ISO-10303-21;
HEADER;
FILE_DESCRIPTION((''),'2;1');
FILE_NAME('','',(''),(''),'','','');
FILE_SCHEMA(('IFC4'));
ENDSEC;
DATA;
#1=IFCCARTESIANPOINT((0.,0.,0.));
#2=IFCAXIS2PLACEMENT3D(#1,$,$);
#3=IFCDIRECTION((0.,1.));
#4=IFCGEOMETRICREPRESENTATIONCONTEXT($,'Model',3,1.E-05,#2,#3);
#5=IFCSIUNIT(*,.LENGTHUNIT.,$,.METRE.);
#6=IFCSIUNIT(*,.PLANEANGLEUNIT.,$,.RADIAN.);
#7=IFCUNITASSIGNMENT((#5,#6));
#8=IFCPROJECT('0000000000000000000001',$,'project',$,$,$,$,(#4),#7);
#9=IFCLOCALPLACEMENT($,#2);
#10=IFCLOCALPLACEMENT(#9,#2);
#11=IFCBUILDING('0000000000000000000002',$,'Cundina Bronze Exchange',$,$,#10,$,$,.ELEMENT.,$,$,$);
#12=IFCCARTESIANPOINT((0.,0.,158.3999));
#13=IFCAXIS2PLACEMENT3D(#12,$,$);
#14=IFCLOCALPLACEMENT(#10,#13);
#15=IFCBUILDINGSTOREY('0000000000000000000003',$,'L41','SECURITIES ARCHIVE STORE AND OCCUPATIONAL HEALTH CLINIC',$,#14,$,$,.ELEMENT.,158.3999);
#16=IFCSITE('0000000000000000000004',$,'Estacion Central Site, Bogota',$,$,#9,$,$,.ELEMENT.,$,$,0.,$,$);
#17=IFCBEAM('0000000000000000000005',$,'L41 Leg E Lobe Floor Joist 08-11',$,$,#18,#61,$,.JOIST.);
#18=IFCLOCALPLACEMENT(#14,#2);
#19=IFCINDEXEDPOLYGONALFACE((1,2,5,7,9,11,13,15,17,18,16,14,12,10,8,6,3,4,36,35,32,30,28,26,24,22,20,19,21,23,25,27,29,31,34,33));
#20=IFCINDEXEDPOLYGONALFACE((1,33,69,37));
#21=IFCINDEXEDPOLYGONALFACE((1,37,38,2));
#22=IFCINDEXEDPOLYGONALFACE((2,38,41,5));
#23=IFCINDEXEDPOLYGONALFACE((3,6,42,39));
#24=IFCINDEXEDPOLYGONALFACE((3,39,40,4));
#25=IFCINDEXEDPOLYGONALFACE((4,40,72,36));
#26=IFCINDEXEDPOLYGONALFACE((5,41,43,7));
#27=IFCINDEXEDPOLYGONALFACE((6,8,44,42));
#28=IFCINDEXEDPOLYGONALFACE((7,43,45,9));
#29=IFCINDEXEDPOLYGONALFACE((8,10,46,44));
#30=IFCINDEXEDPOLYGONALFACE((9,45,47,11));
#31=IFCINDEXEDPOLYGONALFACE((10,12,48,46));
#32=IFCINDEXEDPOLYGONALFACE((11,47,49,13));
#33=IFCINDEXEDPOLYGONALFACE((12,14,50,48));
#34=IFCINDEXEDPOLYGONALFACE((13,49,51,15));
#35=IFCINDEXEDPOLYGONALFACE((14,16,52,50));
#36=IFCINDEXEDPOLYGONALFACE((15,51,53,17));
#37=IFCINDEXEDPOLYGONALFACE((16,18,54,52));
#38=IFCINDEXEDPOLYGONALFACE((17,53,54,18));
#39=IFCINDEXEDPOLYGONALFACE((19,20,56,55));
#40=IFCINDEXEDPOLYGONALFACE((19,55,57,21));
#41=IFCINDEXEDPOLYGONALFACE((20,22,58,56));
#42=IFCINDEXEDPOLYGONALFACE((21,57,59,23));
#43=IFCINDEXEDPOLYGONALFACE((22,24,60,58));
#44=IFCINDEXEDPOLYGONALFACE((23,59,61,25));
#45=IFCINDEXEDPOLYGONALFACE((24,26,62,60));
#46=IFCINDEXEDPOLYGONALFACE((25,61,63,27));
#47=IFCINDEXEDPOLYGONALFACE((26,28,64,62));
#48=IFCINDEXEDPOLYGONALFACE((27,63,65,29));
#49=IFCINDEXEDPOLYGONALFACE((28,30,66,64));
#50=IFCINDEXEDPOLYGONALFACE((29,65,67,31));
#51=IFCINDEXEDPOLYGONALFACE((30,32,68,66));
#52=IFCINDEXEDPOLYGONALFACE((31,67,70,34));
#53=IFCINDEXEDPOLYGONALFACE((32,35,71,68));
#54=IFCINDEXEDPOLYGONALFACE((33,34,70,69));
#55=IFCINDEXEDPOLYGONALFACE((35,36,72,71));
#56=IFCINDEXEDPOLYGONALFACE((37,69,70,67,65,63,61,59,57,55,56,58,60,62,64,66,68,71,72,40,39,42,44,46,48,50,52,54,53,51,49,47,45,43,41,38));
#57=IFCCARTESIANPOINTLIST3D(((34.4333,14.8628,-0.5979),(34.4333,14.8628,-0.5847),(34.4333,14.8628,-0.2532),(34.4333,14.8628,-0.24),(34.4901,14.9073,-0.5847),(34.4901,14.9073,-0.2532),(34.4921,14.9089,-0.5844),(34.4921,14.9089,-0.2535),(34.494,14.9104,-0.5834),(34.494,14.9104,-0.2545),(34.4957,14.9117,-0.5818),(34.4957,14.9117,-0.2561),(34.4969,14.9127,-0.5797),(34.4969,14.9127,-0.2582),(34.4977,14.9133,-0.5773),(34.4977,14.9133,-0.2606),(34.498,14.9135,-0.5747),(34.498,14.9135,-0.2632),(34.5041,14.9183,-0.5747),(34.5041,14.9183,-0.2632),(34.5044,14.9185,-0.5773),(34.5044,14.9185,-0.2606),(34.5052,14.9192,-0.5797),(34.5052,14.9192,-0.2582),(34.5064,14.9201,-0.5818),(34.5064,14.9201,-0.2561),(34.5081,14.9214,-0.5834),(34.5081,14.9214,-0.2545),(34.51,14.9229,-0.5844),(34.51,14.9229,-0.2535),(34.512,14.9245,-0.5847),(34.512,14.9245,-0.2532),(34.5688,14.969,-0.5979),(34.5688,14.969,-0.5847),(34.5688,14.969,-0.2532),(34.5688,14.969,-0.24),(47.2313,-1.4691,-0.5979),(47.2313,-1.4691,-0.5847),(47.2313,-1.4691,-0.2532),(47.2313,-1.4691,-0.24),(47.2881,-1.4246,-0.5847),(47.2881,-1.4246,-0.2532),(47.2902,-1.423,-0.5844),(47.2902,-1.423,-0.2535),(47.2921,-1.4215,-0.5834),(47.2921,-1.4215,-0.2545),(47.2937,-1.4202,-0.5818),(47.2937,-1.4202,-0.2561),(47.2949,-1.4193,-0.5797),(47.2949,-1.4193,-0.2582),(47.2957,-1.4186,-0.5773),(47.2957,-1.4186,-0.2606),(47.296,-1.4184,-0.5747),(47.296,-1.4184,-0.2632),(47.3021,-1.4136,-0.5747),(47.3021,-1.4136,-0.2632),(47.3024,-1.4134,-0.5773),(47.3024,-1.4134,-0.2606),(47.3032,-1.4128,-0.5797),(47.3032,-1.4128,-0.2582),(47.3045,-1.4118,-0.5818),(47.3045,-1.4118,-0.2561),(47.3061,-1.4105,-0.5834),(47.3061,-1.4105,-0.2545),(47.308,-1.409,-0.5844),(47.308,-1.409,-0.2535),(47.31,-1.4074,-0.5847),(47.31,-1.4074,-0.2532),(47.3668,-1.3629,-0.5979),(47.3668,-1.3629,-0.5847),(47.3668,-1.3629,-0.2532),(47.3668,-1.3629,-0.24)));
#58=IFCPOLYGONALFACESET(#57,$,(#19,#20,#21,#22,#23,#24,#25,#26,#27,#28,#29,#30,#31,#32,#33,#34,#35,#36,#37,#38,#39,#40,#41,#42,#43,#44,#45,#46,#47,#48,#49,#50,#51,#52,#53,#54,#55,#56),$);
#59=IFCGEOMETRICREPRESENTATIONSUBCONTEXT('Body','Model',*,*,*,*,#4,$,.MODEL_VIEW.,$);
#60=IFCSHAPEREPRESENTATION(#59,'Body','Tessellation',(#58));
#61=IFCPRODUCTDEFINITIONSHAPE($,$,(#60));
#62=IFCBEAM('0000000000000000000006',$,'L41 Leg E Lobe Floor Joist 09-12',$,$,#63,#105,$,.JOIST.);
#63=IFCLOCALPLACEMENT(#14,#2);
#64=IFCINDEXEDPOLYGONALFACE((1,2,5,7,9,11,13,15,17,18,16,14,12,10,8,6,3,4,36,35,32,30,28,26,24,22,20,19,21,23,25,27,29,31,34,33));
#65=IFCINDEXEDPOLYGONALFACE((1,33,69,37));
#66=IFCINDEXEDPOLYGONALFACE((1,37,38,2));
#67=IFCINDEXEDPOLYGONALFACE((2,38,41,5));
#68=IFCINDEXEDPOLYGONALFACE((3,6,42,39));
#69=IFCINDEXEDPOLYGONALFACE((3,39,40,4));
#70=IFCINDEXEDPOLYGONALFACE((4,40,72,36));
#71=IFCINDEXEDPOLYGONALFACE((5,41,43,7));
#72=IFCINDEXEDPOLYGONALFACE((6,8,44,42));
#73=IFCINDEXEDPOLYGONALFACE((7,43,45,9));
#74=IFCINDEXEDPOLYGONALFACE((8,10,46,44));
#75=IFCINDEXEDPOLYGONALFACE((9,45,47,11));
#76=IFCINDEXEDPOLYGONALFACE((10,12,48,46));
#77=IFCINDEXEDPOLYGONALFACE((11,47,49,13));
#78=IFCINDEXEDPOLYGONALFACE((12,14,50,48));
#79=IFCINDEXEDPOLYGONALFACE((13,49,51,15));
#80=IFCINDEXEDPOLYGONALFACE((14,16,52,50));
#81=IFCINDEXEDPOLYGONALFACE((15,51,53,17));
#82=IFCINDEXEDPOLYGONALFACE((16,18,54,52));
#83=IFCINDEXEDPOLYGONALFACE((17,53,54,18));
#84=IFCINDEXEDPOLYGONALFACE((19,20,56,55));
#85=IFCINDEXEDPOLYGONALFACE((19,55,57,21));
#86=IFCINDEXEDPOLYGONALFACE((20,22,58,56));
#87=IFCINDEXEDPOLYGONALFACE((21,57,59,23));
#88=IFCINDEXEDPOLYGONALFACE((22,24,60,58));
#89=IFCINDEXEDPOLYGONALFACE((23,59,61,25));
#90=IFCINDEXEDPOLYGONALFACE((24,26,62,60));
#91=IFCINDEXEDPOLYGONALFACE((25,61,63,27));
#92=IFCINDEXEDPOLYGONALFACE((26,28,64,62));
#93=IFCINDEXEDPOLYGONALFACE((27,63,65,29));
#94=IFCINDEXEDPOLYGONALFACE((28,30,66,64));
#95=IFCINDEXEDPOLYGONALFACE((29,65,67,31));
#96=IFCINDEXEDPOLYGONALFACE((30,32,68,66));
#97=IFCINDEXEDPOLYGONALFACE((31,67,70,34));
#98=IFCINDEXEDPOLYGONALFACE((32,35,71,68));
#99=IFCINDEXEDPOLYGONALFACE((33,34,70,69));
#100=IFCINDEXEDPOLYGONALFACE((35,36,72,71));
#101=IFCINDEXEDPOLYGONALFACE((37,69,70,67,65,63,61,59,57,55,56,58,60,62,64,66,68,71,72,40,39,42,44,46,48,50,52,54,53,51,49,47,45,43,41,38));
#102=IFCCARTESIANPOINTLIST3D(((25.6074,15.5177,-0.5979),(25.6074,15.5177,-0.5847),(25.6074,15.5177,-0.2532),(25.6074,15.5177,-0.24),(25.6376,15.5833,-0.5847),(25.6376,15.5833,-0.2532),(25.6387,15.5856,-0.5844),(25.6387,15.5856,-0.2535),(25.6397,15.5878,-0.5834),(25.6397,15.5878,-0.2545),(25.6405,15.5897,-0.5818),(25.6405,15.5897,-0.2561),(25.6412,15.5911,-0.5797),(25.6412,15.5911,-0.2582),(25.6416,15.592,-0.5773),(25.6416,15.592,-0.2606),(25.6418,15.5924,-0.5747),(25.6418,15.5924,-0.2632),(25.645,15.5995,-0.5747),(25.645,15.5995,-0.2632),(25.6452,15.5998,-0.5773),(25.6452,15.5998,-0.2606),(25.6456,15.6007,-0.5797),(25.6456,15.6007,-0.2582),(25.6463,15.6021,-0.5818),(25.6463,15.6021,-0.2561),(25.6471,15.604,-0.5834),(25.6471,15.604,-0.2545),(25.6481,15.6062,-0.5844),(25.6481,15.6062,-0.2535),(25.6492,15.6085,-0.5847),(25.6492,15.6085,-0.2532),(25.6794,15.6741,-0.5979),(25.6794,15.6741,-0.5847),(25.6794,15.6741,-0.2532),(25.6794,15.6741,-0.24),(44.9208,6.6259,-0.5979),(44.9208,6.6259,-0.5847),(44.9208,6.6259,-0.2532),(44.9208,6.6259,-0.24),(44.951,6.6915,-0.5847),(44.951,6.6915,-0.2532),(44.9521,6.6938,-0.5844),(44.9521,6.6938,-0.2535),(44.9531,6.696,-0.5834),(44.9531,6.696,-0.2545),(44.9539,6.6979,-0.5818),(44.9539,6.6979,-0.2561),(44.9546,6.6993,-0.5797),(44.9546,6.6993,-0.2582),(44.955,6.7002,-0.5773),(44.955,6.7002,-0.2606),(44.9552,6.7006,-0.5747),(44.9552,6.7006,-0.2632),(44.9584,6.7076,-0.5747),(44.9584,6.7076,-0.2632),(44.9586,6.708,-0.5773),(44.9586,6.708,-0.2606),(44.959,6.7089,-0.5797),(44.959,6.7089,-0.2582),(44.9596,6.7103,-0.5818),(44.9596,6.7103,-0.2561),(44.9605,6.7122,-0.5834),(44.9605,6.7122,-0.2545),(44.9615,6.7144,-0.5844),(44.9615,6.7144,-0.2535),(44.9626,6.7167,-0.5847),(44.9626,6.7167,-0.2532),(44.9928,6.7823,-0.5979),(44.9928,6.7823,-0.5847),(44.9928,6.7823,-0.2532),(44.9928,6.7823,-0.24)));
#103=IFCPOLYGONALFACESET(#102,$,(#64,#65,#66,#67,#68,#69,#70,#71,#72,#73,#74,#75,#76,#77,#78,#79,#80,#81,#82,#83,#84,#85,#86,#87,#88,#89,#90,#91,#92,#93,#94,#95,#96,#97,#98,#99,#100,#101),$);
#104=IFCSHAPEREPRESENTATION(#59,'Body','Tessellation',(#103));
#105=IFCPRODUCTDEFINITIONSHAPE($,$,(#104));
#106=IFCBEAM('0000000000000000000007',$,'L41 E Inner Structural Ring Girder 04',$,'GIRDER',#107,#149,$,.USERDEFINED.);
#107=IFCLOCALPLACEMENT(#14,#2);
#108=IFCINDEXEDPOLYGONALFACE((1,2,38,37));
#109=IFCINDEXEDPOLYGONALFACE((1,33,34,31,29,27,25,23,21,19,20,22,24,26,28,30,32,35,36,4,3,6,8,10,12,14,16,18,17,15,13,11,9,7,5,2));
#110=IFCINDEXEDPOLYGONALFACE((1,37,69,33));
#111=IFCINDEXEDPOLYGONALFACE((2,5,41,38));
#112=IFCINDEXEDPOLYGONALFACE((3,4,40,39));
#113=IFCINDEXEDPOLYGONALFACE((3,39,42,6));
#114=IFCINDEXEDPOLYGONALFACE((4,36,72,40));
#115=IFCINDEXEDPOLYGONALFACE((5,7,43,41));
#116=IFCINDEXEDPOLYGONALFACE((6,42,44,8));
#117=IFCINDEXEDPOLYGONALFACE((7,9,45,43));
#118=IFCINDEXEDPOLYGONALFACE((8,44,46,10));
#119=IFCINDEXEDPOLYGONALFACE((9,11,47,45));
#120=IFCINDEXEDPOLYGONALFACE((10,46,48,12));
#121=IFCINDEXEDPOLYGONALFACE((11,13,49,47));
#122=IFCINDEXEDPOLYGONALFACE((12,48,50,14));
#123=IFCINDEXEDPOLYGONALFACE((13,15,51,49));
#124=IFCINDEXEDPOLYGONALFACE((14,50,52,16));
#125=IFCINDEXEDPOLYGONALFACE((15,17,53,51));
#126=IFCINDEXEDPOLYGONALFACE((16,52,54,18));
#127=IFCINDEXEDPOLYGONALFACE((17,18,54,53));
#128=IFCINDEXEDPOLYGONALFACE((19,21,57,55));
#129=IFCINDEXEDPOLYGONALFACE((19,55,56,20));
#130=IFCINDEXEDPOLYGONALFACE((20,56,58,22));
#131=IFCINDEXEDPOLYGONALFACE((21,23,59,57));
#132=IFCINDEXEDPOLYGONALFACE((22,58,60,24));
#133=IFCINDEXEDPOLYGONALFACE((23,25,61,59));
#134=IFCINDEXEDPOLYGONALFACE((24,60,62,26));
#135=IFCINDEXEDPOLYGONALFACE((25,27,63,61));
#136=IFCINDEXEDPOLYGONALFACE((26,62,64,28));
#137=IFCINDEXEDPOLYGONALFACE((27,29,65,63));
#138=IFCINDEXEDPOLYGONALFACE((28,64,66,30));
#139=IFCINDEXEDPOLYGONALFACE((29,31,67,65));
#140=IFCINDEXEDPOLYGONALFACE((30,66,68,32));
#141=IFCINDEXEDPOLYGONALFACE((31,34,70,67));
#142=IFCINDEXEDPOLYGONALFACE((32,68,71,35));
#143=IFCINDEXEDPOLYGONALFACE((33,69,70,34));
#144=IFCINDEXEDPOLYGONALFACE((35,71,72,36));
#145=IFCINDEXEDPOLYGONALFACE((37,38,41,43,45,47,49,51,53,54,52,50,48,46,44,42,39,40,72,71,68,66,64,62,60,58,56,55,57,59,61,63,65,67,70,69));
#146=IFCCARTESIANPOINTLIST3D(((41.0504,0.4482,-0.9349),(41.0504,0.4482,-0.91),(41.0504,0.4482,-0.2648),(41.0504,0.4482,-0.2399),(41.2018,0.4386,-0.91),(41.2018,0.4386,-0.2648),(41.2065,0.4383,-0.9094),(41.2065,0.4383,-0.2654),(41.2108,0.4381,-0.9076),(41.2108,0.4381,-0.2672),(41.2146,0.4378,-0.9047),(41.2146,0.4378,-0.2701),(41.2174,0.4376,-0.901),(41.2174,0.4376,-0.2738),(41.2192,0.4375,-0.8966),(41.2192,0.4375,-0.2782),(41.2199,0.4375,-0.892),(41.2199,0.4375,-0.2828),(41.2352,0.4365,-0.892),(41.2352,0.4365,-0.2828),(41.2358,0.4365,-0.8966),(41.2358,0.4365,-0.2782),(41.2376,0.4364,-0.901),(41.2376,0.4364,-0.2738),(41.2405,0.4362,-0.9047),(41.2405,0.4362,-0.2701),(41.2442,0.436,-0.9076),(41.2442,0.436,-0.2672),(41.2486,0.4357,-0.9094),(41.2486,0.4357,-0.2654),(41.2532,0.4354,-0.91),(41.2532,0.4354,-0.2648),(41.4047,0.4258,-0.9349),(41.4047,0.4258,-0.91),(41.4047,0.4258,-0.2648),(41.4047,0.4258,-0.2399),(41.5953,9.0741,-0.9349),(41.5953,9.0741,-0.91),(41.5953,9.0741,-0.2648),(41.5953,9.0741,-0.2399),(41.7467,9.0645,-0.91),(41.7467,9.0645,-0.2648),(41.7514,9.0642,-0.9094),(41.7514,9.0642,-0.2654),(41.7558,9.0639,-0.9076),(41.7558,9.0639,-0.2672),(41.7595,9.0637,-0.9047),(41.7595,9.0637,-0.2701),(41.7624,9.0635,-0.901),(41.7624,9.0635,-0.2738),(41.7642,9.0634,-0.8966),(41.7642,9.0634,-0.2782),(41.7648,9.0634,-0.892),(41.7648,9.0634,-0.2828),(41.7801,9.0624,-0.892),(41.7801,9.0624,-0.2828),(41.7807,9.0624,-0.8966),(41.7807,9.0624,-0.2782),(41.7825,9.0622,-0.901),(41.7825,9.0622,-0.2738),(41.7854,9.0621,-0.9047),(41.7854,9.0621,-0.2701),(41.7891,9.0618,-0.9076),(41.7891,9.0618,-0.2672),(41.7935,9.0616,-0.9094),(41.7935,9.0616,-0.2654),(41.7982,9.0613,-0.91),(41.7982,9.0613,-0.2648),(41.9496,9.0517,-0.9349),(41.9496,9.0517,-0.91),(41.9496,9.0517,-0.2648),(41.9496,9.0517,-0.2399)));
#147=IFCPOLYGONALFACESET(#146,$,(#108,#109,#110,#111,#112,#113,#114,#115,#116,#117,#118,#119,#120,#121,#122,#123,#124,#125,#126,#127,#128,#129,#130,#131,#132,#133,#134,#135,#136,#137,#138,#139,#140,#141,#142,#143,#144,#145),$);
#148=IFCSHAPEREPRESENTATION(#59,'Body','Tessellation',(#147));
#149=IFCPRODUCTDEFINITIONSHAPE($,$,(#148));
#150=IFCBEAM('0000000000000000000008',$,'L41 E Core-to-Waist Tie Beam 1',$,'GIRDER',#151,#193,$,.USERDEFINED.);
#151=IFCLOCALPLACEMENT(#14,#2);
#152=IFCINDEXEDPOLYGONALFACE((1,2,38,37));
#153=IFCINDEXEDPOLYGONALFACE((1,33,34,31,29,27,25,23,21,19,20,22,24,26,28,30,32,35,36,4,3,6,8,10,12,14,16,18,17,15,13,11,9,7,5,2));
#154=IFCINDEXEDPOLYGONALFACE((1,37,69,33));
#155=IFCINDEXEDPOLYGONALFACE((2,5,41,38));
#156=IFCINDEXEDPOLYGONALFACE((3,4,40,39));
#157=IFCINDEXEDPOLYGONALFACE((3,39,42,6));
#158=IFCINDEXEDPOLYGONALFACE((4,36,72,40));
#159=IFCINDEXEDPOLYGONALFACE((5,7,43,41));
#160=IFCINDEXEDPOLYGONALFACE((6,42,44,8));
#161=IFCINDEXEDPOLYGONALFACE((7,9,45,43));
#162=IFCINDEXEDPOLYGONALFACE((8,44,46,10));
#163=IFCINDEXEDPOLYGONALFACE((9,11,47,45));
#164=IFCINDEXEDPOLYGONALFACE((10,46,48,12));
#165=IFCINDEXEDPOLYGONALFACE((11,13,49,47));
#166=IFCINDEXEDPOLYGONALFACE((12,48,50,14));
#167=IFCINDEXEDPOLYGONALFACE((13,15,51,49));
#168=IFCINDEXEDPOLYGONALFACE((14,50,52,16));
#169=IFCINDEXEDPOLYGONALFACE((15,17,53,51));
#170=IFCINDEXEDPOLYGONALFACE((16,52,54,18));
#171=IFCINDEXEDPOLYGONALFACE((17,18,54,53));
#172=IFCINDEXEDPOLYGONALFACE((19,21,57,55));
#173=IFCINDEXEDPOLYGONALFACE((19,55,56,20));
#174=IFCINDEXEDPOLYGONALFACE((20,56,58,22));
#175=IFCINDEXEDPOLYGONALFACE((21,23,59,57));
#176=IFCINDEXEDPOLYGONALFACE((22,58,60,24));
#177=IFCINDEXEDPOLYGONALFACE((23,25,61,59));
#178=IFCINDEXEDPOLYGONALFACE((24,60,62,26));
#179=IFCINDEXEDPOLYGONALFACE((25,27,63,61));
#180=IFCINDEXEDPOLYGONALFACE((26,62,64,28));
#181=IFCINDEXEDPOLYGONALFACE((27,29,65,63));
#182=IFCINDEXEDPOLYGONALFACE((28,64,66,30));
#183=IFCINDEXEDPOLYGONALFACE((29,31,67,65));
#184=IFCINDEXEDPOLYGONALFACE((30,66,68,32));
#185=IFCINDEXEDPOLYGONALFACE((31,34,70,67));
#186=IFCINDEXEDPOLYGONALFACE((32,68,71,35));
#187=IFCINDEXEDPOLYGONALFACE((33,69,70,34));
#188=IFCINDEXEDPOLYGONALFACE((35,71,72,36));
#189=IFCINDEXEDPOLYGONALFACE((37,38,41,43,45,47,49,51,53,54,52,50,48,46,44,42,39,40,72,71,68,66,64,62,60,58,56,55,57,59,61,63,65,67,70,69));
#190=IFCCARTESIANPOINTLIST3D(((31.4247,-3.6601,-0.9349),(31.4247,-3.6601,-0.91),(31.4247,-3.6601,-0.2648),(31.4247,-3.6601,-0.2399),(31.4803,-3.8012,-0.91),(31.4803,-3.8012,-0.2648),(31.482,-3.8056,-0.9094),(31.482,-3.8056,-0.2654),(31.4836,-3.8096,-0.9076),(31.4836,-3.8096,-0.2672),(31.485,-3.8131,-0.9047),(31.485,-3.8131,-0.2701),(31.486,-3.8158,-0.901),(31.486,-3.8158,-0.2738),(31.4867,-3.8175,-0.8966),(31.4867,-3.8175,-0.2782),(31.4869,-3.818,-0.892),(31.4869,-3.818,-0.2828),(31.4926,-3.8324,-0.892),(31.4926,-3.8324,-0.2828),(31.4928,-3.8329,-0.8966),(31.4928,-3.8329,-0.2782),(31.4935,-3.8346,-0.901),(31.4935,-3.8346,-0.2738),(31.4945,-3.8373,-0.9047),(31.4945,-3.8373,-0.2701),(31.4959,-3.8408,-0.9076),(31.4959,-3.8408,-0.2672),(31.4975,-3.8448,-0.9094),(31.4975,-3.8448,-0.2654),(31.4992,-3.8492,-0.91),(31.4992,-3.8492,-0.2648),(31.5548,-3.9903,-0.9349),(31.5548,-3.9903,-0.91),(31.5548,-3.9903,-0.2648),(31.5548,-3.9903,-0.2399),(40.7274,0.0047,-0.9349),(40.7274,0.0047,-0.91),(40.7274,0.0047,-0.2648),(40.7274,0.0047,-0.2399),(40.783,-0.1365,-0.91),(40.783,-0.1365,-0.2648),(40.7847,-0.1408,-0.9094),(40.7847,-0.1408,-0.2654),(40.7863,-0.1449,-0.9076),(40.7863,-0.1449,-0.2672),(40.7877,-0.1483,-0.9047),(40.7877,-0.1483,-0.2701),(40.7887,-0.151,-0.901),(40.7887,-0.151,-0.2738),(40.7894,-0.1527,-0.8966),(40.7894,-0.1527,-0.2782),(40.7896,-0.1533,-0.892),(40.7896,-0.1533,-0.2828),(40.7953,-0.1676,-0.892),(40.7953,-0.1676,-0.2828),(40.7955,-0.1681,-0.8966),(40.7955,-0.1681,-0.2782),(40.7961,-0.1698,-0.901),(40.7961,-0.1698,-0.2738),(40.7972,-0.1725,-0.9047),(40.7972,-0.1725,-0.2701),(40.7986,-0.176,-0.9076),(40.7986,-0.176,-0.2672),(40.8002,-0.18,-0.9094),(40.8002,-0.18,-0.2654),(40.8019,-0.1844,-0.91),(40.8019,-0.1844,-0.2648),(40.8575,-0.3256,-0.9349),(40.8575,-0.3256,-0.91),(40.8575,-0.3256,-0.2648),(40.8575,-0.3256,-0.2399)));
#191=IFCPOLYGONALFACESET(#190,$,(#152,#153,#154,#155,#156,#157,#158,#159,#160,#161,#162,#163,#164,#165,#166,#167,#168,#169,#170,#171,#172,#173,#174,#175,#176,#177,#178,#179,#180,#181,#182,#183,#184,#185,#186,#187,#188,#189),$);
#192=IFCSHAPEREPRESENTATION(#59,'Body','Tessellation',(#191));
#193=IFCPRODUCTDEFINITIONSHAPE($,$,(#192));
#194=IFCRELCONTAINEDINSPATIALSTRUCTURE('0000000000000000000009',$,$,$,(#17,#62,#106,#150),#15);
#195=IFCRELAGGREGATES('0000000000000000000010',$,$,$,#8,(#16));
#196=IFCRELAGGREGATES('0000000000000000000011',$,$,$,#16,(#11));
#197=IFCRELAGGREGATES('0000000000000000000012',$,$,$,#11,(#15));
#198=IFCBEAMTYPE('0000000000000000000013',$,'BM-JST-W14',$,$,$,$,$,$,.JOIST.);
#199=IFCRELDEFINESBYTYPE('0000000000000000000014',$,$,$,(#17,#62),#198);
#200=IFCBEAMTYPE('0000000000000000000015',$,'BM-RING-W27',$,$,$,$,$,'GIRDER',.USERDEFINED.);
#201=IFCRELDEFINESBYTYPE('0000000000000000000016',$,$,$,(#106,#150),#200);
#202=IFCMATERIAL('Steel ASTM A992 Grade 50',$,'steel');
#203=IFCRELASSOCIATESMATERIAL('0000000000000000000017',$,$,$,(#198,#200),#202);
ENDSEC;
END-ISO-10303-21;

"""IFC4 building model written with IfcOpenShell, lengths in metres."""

from ifc_helpers import new_model, si_unit, direction, frame, origin, origin_2d, place, context, subcontext, project, spatial, i_section, extrude, material, material_profile, profile_set, type_object, element, save


model = new_model("IFC4")

# Units and contexts
model_context = context("Model", 3, precision=1e-05, world=origin(), true_north=direction((0.0, 1.0)))
body_context = subcontext(model_context, "Body", "Model", "MODEL_VIEW")
ifc_project = project(units=[si_unit("LENGTHUNIT", "METRE"), si_unit("PLANEANGLEUNIT", "RADIAN")], contexts=[model_context])

# Site, building, storey
site_placement = place(None, origin())
site = spatial("IfcSite", under=ifc_project, at=site_placement, Name="Estacion Central Site, Bogota", CompositionType="ELEMENT", RefElevation=0.0)
building_placement = place(site_placement, origin())
building = spatial("IfcBuilding", under=site, at=building_placement, Name="Cundina Bronze Exchange", CompositionType="ELEMENT")
storey_placement = place(building_placement, frame((0.0, 0.0, 158.3999)))
storey = spatial("IfcBuildingStorey", under=building, at=storey_placement, Name="L41", Description="SECURITIES ARCHIVE STORE AND OCCUPATIONAL HEALTH CLINIC", CompositionType="ELEMENT", Elevation=158.3999)

# Shared definitions
ifc_material_1 = material(Name="Steel ASTM A992 Grade 50", Category="steel")

# Beams
ifc_material_profile_1 = material_profile(ifc_material_1, i_section(OverallWidth=0.1721, OverallDepth=0.3579, WebThickness=0.0078, FlangeThickness=0.0132, FilletRadius=0.01, at=origin_2d()), Name="W14X38", Category="steel")
ifc_profile_set_1 = profile_set([ifc_material_profile_1], Name="Steel ASTM A992 Grade 50")
beam_type_1 = type_object("IfcBeamType", Name="BM-JST-W14", PredefinedType="JOIST", material=ifc_profile_set_1)
beam_1_placement = place(storey_placement, frame((47.2991, -1.416, -0.4189), z_axis=(-0.616801, 0.787119, 0.0), x_axis=(-0.787119, -0.616801, 0.0)))
element("IfcBeam", 1, at=beam_1_placement, inside=storey, type_object=beam_type_1, Name="L41 Leg E Lobe Floor Joist 08-11", PredefinedType="JOIST", context=body_context, shape_type="SweptSolid", body=[
    extrude(i_section(OverallWidth=0.1721, OverallDepth=0.3579, WebThickness=0.0078, FlangeThickness=0.0132, FilletRadius=0.01, at=origin_2d()), origin(), (0.0, 0.0, 1.0), 20.749),
])
beam_2_placement = place(storey_placement, frame((44.9568, 6.7041, -0.4189), z_axis=(-0.908354, 0.418202, 0.0), x_axis=(-0.418202, -0.908354, 0.0)))
element("IfcBeam", 2, at=beam_2_placement, inside=storey, type_object=beam_type_1, Name="L41 Leg E Lobe Floor Joist 09-12", PredefinedType="JOIST", context=body_context, shape_type="SweptSolid", body=[
    extrude(i_section(OverallWidth=0.1721, OverallDepth=0.3579, WebThickness=0.0078, FlangeThickness=0.0132, FilletRadius=0.01, at=origin_2d()), origin(), (0.0, 0.0, 1.0), 21.262),
])
ifc_material_profile_2 = material_profile(ifc_material_1, i_section(OverallWidth=0.355, OverallDepth=0.6951, WebThickness=0.0154, FlangeThickness=0.0249, FilletRadius=0.0181, at=origin_2d()), Name="W27X146", Category="steel")
ifc_profile_set_2 = profile_set([ifc_material_profile_2], Name="Steel ASTM A992 Grade 50")
beam_type_2 = type_object("IfcBeamType", Name="BM-RING-W27", ElementType="GIRDER", PredefinedType="USERDEFINED", material=ifc_profile_set_2)
beam_3_placement = place(storey_placement, frame((41.2275, 0.437, -0.5874), z_axis=(0.063047, 0.998011, 0.0), x_axis=(-0.998011, 0.063047, 0.0)))
element("IfcBeam", 3, at=beam_3_placement, inside=storey, type_object=beam_type_2, Name="L41 E Inner Structural Ring Girder 04", ObjectType="GIRDER", PredefinedType="USERDEFINED", context=body_context, shape_type="SweptSolid", body=[
    extrude(i_section(OverallWidth=0.355, OverallDepth=0.6951, WebThickness=0.0154, FlangeThickness=0.0249, FilletRadius=0.0181, at=origin_2d()), origin(), (0.0, 0.0, 1.0), 8.6431),
])
beam_4_placement = place(storey_placement, frame((31.4897, -3.8252, -0.5874), z_axis=(0.930406, 0.366532, 0.0), x_axis=(-0.366532, 0.930406, 0.0)))
element("IfcBeam", 4, at=beam_4_placement, inside=storey, type_object=beam_type_2, Name="L41 E Core-to-Waist Tie Beam 1", ObjectType="GIRDER", PredefinedType="USERDEFINED", context=body_context, shape_type="SweptSolid", body=[
    extrude(i_section(OverallWidth=0.355, OverallDepth=0.6951, WebThickness=0.0154, FlangeThickness=0.0249, FilletRadius=0.0181, at=origin_2d()), origin(), (0.0, 0.0, 1.0), 9.9985),
])

save(model, "model.ifc")
